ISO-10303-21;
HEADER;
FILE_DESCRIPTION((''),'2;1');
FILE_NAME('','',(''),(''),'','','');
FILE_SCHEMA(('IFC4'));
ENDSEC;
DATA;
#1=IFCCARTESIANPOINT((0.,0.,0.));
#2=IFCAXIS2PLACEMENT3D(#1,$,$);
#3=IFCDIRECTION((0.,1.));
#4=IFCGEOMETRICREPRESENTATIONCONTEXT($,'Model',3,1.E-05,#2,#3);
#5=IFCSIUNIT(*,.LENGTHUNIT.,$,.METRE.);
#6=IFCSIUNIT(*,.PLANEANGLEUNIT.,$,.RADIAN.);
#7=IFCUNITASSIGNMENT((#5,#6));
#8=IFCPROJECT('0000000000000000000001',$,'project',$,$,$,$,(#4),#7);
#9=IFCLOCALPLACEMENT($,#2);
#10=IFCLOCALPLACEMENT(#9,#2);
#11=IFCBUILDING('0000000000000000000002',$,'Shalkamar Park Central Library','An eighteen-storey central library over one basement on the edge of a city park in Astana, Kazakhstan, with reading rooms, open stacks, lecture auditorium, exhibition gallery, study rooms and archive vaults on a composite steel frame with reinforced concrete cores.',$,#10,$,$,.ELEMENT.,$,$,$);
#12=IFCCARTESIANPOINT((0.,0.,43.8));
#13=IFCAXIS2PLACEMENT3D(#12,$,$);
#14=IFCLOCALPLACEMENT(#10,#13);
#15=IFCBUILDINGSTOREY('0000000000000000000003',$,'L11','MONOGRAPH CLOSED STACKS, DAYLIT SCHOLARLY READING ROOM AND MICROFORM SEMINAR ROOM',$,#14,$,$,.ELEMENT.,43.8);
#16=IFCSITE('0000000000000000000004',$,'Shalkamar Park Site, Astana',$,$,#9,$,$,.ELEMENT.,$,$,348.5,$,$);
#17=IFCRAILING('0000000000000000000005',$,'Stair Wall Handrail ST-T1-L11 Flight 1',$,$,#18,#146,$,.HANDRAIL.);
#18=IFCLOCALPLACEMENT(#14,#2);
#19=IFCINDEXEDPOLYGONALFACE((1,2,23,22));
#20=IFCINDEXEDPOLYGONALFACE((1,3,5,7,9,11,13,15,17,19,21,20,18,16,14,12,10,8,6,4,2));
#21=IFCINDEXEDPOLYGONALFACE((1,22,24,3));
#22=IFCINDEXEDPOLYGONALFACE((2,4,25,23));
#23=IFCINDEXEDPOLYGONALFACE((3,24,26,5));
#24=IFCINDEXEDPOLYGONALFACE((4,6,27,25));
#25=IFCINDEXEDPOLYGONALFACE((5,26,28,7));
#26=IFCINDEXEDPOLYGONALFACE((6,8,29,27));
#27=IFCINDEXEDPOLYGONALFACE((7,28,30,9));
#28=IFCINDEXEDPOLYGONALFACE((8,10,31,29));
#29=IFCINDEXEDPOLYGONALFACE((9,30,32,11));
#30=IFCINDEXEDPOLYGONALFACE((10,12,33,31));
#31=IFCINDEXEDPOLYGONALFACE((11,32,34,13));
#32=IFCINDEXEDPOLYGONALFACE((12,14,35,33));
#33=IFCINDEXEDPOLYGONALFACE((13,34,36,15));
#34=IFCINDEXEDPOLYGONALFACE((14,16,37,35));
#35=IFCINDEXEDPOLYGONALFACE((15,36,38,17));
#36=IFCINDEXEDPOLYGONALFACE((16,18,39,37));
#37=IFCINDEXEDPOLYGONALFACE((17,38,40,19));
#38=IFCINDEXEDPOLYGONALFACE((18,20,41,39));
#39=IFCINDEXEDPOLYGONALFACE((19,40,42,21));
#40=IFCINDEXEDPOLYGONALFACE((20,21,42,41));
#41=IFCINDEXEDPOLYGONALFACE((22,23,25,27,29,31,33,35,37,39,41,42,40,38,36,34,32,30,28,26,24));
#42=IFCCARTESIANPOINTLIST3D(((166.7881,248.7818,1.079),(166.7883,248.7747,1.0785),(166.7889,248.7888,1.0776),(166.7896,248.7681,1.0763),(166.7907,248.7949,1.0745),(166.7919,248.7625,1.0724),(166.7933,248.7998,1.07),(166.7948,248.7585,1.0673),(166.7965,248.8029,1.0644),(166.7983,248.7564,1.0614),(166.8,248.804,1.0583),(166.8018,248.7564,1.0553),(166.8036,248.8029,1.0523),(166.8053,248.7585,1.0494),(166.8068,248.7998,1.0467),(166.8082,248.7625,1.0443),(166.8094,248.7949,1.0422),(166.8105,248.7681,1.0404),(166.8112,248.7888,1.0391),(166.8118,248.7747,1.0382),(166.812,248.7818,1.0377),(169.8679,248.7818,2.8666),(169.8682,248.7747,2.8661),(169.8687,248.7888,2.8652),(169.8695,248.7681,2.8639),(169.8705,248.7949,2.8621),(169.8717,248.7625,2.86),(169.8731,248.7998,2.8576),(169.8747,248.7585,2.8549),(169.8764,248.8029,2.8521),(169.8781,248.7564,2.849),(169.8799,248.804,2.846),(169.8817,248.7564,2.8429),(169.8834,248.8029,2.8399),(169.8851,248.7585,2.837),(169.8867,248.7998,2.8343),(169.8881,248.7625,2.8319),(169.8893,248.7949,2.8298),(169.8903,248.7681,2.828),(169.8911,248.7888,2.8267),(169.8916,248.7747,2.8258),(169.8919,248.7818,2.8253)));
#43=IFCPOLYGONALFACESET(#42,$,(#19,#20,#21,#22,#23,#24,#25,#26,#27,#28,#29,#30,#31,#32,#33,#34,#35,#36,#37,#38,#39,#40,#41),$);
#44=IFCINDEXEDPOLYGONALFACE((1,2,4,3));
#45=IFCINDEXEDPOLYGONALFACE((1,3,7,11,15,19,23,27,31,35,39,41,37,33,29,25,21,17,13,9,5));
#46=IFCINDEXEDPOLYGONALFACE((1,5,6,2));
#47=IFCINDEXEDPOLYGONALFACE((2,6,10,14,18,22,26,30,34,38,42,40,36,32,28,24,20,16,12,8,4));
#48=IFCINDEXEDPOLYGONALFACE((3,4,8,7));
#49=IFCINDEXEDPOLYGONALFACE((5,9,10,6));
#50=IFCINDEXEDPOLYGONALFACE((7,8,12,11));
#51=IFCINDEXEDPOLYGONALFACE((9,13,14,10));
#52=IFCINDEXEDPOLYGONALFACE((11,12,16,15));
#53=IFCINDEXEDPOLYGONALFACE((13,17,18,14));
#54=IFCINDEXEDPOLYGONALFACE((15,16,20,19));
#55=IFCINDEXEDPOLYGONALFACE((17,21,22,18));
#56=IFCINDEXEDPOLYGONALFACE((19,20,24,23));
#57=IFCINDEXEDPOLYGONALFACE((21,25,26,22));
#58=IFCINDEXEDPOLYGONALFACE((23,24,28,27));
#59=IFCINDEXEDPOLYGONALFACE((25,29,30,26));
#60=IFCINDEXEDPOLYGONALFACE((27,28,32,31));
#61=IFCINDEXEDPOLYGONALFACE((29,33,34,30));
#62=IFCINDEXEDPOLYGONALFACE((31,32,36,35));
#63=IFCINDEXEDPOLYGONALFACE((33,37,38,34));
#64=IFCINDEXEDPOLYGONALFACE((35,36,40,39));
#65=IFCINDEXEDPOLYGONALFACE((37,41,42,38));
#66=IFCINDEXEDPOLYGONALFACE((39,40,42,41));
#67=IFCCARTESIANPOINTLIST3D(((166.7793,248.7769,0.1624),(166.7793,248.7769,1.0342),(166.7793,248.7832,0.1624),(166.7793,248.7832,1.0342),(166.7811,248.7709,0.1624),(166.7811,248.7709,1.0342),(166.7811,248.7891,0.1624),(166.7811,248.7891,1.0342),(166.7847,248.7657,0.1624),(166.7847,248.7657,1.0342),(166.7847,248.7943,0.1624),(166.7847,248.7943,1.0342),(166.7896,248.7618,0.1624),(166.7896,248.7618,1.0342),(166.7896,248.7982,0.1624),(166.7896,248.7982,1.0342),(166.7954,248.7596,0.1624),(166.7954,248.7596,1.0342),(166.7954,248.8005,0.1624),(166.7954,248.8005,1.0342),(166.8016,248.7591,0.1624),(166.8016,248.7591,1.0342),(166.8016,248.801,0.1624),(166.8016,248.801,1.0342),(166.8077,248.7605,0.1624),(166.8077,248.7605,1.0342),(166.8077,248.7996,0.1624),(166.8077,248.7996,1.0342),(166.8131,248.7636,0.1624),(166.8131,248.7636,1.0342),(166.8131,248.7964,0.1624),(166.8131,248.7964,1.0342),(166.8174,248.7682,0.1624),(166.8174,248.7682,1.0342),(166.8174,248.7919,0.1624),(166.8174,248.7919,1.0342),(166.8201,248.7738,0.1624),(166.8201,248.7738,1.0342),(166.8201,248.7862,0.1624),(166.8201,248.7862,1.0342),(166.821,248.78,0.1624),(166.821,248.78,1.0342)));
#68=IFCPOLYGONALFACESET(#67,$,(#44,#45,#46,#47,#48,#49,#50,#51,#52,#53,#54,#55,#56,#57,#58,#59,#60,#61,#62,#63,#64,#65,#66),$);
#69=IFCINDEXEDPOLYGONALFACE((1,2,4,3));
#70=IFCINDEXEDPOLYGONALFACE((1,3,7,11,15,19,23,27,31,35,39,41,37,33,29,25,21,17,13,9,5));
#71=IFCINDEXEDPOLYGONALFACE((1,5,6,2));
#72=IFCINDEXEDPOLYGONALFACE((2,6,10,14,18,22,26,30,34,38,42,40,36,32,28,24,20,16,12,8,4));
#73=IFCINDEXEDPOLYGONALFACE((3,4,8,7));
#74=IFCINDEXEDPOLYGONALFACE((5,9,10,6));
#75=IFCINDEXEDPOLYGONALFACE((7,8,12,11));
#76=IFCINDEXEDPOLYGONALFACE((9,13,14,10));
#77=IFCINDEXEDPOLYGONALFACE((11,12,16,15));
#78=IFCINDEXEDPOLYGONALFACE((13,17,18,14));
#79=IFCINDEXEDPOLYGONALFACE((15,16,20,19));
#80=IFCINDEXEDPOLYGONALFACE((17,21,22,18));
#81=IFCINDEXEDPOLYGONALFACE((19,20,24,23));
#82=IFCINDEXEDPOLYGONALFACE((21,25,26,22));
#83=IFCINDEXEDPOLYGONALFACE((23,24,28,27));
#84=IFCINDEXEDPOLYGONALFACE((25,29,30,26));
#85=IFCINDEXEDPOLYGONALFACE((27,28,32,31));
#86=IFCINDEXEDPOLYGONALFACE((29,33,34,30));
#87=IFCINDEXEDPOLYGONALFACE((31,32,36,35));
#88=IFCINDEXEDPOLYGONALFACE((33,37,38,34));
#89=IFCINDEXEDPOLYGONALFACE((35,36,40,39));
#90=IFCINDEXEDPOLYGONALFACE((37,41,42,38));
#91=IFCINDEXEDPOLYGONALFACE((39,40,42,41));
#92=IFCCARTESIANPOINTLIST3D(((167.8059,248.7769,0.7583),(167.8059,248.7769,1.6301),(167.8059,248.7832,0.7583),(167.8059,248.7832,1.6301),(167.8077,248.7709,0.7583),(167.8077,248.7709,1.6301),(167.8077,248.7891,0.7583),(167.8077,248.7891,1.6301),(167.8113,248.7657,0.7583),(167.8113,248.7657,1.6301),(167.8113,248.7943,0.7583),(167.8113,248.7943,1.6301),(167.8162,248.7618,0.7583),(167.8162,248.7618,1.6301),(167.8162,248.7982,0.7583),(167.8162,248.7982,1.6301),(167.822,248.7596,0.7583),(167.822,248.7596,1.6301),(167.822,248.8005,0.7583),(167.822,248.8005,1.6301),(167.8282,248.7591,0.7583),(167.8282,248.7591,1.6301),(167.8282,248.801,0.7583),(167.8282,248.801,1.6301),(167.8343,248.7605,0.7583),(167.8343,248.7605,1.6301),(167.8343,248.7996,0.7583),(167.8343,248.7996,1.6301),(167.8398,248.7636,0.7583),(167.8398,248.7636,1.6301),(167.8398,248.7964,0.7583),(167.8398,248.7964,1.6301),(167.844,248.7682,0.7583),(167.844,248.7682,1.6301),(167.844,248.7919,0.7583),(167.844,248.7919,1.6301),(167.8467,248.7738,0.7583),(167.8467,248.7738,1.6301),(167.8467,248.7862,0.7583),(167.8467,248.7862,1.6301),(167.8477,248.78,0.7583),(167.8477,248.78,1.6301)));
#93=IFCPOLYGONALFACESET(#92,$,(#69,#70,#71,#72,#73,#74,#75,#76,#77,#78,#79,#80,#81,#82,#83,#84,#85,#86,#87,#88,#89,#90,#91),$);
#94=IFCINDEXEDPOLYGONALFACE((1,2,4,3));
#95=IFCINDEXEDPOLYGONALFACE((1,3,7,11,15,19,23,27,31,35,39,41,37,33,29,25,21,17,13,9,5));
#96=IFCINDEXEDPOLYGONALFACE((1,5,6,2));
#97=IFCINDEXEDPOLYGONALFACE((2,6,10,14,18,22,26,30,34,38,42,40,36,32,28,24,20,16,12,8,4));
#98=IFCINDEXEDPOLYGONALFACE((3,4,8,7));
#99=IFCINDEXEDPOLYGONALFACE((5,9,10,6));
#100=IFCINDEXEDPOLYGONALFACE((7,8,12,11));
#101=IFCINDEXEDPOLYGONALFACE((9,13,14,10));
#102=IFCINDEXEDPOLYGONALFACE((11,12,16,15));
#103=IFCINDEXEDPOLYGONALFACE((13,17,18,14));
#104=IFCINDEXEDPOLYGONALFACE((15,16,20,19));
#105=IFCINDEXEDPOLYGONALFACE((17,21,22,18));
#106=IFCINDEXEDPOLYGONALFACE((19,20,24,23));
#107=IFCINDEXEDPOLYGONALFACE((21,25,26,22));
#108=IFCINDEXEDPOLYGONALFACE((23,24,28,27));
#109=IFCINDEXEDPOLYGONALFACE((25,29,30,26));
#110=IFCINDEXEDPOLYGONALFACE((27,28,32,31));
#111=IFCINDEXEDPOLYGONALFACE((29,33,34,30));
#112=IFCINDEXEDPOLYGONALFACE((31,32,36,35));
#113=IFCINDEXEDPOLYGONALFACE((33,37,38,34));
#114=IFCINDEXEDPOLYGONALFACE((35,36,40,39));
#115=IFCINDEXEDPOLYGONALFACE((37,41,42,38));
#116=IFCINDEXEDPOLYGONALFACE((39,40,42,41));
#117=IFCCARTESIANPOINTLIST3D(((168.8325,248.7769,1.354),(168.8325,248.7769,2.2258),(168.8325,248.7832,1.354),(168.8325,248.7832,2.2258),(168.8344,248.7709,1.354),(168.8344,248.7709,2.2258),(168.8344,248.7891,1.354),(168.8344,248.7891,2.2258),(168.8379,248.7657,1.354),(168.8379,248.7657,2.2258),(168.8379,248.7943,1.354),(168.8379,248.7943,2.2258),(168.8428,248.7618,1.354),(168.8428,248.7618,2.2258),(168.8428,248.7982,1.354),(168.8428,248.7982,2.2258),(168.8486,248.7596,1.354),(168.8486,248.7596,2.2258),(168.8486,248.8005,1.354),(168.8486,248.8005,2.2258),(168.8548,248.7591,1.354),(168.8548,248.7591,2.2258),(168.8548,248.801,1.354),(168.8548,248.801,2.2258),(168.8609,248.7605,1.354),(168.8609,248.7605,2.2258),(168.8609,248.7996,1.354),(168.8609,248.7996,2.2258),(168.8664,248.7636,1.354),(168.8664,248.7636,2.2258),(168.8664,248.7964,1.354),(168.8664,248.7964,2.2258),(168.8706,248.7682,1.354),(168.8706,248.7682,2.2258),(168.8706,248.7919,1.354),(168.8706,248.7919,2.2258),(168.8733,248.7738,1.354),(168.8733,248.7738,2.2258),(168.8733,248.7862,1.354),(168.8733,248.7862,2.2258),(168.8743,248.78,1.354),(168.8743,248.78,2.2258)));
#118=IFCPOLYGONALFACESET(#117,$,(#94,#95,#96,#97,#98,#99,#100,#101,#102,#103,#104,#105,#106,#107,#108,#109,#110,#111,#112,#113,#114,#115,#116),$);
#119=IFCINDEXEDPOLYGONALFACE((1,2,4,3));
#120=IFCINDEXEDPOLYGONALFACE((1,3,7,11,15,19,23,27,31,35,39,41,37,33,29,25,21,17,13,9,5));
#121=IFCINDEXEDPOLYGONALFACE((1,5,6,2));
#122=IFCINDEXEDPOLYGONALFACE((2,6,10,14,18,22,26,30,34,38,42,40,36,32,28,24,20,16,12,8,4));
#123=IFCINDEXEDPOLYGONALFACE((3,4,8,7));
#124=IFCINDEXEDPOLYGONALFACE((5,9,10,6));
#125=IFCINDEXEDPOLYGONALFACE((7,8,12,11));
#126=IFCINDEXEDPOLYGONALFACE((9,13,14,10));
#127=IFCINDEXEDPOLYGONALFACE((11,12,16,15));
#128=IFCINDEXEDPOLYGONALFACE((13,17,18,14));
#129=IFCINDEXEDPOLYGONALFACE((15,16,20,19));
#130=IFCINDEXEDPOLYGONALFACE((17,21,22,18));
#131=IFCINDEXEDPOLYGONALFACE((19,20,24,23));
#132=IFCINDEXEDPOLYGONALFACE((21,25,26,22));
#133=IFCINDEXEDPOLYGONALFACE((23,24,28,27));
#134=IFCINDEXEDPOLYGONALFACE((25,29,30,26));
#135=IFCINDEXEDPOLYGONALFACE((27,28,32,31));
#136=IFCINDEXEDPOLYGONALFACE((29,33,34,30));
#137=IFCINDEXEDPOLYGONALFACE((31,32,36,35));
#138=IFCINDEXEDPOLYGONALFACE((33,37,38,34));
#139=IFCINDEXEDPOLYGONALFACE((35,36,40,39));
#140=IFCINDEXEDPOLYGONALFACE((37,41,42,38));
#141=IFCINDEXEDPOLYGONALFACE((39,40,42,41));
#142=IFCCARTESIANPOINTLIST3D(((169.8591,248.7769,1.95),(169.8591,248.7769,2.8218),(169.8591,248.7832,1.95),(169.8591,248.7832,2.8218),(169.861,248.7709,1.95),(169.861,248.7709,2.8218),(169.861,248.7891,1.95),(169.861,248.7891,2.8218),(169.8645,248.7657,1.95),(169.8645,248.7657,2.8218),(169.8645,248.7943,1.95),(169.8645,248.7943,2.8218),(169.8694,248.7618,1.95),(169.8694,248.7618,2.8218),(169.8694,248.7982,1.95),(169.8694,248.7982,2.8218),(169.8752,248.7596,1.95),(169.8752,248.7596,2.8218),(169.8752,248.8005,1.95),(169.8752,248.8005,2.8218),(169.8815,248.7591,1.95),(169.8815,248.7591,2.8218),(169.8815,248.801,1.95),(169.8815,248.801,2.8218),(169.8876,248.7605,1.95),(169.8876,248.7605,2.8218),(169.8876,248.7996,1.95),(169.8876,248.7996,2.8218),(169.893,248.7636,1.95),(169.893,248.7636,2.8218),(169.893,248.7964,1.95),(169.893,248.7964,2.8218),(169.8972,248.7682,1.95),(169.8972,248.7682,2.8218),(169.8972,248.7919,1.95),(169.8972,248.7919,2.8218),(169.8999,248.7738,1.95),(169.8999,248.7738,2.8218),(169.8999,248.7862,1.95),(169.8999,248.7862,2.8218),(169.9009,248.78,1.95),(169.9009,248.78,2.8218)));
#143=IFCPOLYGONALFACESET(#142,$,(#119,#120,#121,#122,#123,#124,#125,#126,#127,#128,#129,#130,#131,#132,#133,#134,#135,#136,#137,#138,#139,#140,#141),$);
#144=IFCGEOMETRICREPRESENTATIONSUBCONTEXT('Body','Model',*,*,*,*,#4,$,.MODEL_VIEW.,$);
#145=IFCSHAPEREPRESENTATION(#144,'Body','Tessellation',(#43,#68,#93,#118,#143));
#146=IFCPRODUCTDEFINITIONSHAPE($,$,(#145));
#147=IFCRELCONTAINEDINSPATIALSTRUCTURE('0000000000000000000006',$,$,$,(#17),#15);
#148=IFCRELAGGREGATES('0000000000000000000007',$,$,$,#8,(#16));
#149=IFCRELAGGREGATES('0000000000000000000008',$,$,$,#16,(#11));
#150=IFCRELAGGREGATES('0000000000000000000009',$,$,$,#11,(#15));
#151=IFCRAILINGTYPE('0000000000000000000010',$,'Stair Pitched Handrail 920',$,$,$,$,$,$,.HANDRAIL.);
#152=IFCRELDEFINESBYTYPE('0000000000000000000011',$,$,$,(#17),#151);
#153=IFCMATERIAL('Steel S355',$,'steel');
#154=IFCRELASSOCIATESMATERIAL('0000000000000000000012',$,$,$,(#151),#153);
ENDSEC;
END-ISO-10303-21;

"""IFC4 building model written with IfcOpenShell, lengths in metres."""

from ifc_helpers import new_model, si_unit, direction, frame, origin, origin_2d, place, context, subcontext, project, spatial, circle, extrude, material, type_object, element, save


model = new_model("IFC4")

# Units and contexts
model_context = context("Model", 3, precision=1e-05, world=origin(), true_north=direction((0.0, 1.0)))
body_context = subcontext(model_context, "Body", "Model", "MODEL_VIEW")
ifc_project = project(units=[si_unit("LENGTHUNIT", "METRE"), si_unit("PLANEANGLEUNIT", "RADIAN")], contexts=[model_context])

# Site, building, storey
site_placement = place(None, origin())
site = spatial("IfcSite", under=ifc_project, at=site_placement, Name="Shalkamar Park Site, Astana", CompositionType="ELEMENT", RefElevation=348.5)
building_placement = place(site_placement, origin())
building = spatial("IfcBuilding", under=site, at=building_placement, Name="Shalkamar Park Central Library", Description="An eighteen-storey central library over one basement on the edge of a city park in Astana, Kazakhstan, with reading rooms, open stacks, lecture auditorium, exhibition gallery, study rooms and archive vaults on a composite steel frame with reinforced concrete cores.", CompositionType="ELEMENT")
storey_placement = place(building_placement, frame((0.0, 0.0, 43.8)))
storey = spatial("IfcBuildingStorey", under=building, at=storey_placement, Name="L11", Description="MONOGRAPH CLOSED STACKS, DAYLIT SCHOLARLY READING ROOM AND MICROFORM SEMINAR ROOM", CompositionType="ELEMENT", Elevation=43.8)

# Shared definitions
ifc_material_1 = material(Name="Steel S355", Category="steel")

# Railing
railing_type_1 = type_object("IfcRailingType", Name="Stair Pitched Handrail 920", PredefinedType="HANDRAIL", material=ifc_material_1)
railing_1_placement = place(storey_placement, frame((166.8, 248.78, 0.1624)))
element("IfcRailing", 1, at=railing_1_placement, inside=storey, type_object=railing_type_1, Name="Stair Wall Handrail ST-T1-L11 Flight 1", PredefinedType="HANDRAIL", context=body_context, shape_type="SweptSolid", body=[
    extrude(circle(Radius=0.0239, at=origin_2d()), frame((0.0, 0.0, 0.896), z_axis=(0.864873, 0.0, 0.50199), x_axis=(0.0, 1.0, 0.0)), (0.0, 0.0, 1.0), 3.561),
    extrude(circle(Radius=0.021, at=origin_2d()), origin(), (0.0, 0.0, 1.0), 0.8718),
    extrude(circle(Radius=0.021, at=origin_2d()), frame((1.0266, 0.0, 0.5959)), (0.0, 0.0, 1.0), 0.8718),
    extrude(circle(Radius=0.021, at=origin_2d()), frame((2.0532, 0.0, 1.1917)), (0.0, 0.0, 1.0), 0.8718),
    extrude(circle(Radius=0.021, at=origin_2d()), frame((3.0798, 0.0, 1.7876)), (0.0, 0.0, 1.0), 0.8718),
])

save(model, "model.ifc")
